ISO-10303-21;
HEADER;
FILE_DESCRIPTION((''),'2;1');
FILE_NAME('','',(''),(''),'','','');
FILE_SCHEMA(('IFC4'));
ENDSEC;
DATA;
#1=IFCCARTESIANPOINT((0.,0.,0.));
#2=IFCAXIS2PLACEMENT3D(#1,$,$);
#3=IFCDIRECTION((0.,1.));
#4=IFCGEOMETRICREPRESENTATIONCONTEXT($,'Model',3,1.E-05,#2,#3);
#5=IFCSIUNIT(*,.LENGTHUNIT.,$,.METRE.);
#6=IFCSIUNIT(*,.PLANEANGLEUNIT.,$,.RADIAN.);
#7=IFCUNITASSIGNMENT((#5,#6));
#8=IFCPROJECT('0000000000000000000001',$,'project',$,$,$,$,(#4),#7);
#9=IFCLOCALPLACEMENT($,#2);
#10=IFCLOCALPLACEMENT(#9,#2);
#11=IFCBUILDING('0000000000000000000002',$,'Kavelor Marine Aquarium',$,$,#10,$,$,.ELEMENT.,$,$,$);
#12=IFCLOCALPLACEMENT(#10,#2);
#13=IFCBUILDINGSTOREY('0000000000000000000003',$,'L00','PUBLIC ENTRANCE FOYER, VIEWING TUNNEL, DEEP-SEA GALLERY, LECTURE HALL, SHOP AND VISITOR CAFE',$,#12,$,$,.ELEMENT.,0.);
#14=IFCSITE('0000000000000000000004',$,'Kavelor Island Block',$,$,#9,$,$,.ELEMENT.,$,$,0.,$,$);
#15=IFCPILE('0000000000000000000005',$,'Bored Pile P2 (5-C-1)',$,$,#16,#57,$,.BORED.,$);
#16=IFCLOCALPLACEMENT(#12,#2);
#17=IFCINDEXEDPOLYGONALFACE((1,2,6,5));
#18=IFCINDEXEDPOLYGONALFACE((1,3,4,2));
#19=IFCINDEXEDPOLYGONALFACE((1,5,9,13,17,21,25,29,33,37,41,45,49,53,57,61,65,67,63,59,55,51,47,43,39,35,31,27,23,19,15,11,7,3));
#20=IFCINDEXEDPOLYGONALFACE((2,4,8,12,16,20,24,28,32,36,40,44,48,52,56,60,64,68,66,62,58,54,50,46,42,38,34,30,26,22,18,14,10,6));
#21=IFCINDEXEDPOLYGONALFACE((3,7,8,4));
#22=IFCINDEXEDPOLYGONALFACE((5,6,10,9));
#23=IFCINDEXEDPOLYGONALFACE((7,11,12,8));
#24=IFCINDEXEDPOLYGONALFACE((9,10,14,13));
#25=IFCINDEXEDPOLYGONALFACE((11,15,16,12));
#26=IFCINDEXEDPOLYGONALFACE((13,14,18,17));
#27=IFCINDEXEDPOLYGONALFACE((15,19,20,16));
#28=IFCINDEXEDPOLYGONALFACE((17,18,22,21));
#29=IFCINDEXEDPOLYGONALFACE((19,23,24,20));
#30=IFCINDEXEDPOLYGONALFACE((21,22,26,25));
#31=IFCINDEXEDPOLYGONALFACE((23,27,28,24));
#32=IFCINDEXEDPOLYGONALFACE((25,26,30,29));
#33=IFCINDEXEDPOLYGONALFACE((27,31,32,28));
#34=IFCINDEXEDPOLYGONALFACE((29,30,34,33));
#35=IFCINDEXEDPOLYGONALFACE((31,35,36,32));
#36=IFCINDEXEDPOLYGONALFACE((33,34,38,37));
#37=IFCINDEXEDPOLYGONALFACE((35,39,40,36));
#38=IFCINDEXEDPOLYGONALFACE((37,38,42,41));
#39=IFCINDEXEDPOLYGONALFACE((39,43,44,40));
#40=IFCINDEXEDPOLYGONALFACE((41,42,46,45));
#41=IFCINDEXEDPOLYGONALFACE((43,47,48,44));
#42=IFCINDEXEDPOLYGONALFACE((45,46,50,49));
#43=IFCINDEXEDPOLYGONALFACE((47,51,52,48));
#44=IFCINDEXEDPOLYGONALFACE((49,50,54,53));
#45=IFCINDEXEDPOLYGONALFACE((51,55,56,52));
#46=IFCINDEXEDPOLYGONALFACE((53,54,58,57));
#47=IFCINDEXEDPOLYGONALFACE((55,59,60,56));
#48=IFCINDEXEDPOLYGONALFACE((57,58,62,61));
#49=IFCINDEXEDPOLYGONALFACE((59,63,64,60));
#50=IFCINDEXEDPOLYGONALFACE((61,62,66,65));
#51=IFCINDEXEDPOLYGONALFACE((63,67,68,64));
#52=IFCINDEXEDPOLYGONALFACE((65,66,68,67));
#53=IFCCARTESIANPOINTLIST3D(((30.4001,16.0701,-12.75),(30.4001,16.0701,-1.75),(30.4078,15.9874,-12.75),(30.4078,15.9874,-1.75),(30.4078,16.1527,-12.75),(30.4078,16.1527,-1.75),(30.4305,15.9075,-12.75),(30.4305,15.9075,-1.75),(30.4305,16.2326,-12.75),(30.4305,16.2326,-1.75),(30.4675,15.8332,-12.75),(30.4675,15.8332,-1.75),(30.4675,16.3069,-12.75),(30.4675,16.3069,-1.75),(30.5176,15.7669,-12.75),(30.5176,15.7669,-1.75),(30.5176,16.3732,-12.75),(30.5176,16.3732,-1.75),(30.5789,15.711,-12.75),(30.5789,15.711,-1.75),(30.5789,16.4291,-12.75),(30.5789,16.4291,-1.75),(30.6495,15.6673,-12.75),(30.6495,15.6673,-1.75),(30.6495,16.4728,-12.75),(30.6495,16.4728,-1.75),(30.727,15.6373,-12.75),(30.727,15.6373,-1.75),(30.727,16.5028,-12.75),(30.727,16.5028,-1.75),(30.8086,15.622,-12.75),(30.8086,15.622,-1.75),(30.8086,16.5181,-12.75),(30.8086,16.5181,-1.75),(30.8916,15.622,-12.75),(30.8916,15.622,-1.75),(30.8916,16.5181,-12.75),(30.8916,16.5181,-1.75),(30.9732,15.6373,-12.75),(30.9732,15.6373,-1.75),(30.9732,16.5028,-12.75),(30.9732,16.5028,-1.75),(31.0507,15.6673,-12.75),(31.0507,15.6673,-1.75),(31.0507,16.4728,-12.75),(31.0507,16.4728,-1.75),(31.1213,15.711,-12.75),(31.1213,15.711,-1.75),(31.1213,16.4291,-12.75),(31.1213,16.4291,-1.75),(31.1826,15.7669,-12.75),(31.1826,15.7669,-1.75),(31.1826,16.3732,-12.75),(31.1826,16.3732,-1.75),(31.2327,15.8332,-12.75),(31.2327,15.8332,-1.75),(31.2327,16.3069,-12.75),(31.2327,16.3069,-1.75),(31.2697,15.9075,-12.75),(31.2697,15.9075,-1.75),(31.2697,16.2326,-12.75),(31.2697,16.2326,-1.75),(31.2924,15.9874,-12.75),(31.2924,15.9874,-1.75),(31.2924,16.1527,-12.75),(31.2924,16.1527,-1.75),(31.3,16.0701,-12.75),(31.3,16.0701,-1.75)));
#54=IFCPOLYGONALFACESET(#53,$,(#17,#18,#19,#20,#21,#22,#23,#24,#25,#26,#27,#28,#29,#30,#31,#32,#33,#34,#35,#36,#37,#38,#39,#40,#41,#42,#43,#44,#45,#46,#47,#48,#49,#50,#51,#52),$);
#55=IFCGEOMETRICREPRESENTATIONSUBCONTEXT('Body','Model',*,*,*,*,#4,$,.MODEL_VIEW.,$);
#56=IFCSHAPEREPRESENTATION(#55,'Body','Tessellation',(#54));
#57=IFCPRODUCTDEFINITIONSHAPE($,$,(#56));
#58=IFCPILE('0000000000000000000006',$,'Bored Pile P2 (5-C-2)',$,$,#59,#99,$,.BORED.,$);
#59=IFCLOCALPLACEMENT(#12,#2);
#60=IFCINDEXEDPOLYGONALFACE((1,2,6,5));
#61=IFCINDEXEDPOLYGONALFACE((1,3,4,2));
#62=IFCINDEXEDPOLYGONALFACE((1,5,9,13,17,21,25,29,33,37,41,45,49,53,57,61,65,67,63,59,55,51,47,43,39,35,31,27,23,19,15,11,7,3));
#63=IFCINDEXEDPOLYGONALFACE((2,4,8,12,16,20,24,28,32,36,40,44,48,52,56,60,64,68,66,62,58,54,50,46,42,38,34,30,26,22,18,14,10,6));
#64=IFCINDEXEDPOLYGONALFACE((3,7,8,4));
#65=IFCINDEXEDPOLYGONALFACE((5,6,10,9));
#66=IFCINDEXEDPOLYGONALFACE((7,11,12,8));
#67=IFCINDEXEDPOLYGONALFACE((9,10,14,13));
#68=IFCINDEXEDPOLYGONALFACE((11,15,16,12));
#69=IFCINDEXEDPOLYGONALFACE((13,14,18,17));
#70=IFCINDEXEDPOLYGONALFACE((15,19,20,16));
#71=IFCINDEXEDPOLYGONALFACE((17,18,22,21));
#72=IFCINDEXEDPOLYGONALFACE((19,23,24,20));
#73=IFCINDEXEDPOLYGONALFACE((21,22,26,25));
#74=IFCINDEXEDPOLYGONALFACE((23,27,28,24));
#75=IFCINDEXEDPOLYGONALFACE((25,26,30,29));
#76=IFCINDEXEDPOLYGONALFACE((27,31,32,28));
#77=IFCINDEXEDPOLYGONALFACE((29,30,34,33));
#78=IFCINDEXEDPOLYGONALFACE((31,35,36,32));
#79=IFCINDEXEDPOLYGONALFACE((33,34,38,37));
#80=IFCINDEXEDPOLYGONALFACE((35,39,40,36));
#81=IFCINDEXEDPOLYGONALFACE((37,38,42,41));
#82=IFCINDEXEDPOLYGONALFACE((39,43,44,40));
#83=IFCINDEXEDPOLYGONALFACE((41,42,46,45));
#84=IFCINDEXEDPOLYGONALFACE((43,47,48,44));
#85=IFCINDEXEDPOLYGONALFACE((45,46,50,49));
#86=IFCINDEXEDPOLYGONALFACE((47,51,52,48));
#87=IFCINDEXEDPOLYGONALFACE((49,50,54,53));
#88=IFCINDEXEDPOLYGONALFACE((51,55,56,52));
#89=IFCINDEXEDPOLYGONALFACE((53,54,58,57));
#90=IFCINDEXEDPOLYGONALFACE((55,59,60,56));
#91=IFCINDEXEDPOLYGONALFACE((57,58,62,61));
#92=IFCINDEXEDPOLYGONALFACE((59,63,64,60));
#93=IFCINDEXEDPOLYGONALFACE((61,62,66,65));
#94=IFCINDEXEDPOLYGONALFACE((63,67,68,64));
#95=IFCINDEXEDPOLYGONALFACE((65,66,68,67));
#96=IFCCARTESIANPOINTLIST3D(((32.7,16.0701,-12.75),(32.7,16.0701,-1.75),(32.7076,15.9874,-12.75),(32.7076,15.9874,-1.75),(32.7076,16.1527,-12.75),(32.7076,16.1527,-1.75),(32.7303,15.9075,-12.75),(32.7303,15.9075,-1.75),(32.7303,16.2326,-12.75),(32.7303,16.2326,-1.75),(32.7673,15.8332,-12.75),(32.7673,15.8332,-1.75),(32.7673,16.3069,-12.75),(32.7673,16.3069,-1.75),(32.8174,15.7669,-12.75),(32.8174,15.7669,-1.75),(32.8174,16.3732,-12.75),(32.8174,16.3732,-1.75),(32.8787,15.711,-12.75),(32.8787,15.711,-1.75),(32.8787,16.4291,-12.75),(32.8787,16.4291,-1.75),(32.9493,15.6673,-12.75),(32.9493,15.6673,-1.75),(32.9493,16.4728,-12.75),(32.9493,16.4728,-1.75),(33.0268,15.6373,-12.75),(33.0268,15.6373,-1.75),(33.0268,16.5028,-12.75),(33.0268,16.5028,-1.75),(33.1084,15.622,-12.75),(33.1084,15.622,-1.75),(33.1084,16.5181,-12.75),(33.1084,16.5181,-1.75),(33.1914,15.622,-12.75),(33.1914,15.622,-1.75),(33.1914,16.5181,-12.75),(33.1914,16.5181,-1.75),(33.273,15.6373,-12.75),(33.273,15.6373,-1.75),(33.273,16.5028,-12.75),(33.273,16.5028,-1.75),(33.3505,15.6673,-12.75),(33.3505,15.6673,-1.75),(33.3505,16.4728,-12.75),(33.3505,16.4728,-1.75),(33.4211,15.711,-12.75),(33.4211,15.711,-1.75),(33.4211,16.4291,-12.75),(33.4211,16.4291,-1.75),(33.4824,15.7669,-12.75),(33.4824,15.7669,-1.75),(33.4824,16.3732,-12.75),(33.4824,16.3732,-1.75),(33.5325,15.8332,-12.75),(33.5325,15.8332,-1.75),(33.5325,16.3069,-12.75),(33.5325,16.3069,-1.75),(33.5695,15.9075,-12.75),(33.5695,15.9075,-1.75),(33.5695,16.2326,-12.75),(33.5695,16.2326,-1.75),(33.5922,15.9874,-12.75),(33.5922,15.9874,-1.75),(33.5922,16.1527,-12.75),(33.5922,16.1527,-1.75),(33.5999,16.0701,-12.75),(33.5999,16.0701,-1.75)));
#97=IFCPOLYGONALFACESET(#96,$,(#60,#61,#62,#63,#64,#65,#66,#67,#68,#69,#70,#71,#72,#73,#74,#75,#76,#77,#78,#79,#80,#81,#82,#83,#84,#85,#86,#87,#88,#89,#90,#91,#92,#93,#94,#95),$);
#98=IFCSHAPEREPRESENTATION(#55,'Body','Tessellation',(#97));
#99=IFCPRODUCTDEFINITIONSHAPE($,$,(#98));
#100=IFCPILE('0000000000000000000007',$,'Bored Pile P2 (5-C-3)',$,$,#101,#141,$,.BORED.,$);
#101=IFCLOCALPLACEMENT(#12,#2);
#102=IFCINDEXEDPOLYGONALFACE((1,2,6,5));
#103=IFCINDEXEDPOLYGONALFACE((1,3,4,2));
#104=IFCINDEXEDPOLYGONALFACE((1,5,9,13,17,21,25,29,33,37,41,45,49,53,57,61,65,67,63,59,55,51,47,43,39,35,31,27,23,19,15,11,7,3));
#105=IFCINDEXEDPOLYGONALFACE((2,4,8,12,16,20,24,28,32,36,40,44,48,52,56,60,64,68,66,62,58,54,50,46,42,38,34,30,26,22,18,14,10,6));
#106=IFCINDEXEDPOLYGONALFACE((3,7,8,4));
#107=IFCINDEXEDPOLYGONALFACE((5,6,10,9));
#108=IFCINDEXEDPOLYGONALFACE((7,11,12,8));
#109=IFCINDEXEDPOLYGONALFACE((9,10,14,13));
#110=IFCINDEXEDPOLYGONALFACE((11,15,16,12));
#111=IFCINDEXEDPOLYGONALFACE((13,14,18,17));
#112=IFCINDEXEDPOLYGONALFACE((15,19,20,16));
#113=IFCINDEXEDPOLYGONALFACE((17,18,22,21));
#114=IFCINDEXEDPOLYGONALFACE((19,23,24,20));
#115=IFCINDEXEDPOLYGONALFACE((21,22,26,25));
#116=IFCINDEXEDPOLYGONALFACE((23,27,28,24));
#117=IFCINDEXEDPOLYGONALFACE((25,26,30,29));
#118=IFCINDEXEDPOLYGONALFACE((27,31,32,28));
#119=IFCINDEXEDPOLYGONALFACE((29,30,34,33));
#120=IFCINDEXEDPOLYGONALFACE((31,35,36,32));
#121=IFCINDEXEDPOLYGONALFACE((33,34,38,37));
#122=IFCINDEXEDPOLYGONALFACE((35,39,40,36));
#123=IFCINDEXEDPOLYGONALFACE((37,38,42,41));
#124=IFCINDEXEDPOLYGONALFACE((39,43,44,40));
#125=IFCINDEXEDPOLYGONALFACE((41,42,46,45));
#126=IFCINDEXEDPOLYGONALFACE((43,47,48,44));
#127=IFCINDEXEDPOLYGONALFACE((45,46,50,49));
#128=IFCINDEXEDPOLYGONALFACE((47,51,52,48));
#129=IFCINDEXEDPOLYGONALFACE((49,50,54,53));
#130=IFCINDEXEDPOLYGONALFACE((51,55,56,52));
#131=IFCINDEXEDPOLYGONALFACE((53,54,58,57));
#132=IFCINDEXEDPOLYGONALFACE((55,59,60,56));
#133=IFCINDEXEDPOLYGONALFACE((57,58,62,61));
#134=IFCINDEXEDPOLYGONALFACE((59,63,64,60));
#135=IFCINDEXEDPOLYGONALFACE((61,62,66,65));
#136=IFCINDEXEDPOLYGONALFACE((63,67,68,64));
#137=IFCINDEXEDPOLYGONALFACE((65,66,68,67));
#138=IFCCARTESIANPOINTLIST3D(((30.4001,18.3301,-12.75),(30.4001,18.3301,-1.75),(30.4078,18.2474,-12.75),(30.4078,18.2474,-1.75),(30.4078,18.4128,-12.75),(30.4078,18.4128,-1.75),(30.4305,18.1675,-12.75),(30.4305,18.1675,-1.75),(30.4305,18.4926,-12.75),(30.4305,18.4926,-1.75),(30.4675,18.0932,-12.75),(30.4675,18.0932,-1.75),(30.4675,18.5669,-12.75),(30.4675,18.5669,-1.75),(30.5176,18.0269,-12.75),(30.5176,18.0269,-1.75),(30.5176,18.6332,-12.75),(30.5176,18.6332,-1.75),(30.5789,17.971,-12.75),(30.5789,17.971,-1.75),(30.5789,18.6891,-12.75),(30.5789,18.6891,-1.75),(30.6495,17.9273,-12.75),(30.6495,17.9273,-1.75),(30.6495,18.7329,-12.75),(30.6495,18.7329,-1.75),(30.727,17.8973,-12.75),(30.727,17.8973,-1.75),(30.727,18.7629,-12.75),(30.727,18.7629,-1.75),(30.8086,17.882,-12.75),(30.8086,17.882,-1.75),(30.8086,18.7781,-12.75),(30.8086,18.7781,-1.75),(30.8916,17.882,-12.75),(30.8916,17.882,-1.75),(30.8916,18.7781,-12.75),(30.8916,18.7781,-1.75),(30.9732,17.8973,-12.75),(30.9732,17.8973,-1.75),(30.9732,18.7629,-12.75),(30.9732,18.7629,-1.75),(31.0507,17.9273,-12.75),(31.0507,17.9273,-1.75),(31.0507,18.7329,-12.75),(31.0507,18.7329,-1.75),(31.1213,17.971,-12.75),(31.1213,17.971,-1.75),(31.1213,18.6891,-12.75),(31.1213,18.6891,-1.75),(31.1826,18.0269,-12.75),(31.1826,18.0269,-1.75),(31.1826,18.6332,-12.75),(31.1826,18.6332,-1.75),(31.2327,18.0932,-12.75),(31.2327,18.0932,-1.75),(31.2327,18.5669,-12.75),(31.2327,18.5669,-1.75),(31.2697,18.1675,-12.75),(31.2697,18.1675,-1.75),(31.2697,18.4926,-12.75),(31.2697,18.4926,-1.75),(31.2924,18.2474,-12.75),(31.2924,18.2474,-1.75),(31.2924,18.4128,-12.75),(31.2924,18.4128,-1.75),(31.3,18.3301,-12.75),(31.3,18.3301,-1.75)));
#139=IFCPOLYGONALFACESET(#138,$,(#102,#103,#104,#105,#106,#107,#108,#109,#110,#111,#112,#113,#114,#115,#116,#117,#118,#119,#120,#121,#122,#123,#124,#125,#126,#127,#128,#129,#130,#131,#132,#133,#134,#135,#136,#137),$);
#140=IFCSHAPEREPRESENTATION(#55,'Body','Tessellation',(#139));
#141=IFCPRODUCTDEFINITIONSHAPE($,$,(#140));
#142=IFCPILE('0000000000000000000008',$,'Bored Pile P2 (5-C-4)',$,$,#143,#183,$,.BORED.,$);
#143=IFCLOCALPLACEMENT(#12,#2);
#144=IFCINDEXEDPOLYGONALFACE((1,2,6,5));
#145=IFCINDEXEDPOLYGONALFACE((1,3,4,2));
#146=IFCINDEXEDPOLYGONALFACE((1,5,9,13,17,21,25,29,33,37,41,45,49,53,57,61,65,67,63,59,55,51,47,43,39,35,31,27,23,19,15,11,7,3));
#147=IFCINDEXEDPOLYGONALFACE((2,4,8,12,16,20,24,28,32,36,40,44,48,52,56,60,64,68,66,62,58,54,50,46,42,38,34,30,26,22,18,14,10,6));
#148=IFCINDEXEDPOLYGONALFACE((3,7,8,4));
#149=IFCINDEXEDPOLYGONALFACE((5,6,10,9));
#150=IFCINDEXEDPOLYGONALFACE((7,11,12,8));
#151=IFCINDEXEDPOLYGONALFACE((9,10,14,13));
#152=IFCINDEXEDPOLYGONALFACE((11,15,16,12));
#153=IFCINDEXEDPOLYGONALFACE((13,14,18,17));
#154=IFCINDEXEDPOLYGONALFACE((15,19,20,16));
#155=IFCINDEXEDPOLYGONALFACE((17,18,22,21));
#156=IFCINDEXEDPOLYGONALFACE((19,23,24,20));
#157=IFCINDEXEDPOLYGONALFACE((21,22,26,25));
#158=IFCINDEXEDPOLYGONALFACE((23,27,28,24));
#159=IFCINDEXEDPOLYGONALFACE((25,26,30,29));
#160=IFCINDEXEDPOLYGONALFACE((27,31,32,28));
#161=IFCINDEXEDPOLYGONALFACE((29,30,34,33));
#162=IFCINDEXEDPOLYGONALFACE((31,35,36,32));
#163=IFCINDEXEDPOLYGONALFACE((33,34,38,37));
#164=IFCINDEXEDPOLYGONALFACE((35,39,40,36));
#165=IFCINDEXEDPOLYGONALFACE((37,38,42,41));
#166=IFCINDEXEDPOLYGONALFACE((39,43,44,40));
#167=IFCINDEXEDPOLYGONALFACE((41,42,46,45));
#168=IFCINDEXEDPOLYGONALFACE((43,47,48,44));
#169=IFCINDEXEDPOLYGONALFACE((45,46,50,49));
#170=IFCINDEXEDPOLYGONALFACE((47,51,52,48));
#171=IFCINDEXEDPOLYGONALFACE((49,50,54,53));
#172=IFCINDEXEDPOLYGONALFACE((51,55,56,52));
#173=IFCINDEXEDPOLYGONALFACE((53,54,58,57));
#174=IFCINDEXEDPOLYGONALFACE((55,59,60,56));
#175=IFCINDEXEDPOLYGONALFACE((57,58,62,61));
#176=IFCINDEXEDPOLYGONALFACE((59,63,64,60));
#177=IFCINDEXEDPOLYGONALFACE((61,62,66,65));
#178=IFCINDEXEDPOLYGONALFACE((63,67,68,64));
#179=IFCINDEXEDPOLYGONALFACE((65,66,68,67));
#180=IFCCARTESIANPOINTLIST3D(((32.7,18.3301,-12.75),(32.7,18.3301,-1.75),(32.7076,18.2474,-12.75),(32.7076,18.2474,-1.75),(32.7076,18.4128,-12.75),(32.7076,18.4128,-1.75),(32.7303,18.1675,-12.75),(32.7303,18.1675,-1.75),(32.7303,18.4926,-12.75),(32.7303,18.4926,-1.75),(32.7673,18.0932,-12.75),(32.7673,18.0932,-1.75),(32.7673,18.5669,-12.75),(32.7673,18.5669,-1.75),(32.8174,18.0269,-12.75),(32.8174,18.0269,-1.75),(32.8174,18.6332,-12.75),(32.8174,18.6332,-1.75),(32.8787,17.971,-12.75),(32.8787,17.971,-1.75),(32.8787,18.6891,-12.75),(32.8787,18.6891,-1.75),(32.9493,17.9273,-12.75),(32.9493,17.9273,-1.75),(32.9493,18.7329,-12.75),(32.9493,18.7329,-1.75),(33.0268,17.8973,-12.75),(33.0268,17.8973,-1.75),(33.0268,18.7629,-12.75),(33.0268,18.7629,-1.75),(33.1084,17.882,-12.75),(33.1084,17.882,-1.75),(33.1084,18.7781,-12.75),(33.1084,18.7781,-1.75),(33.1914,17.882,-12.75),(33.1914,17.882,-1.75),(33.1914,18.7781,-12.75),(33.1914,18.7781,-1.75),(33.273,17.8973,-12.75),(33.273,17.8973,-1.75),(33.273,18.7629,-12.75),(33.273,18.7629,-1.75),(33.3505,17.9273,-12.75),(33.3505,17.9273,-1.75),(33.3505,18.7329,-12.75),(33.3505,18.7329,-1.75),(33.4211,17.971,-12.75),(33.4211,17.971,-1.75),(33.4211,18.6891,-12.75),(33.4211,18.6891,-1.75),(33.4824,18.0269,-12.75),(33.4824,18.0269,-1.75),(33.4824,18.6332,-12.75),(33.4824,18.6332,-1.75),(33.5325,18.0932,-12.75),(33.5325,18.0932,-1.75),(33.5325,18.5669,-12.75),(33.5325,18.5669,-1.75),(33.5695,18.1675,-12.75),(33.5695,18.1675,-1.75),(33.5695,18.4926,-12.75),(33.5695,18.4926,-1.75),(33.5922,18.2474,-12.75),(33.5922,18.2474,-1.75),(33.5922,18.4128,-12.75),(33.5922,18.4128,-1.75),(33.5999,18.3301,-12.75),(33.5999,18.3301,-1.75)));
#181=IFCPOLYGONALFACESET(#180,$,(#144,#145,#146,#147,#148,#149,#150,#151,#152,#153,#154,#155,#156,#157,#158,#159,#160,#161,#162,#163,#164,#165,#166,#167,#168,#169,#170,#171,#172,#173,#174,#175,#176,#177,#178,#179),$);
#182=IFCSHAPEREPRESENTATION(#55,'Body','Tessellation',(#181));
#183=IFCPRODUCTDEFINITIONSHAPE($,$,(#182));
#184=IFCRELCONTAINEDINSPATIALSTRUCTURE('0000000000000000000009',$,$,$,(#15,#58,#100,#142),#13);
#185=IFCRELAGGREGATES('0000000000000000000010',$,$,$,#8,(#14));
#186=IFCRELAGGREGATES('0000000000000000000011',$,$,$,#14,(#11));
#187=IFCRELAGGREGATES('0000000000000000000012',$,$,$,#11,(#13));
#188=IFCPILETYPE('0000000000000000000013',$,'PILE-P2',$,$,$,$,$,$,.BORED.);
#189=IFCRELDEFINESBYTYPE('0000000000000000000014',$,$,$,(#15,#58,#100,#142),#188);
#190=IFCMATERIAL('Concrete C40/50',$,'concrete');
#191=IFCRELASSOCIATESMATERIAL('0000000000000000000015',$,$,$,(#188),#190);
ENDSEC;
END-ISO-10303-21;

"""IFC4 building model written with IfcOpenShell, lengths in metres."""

from ifc_helpers import new_model, si_unit, direction, frame, origin, origin_2d, place, context, subcontext, project, spatial, circle, extrude, material, material_profile, profile_set, type_object, element, save


model = new_model("IFC4")

# Units and contexts
model_context = context("Model", 3, precision=1e-05, world=origin(), true_north=direction((0.0, 1.0)))
body_context = subcontext(model_context, "Body", "Model", "MODEL_VIEW")
ifc_project = project(units=[si_unit("LENGTHUNIT", "METRE"), si_unit("PLANEANGLEUNIT", "RADIAN")], contexts=[model_context])

# Site, building, storey
site_placement = place(None, origin())
site = spatial("IfcSite", under=ifc_project, at=site_placement, Name="Kavelor Island Block", CompositionType="ELEMENT", RefElevation=0.0)
building_placement = place(site_placement, origin())
building = spatial("IfcBuilding", under=site, at=building_placement, Name="Kavelor Marine Aquarium", CompositionType="ELEMENT")
storey_placement = place(building_placement, origin())
storey = spatial("IfcBuildingStorey", under=building, at=storey_placement, Name="L00", Description="PUBLIC ENTRANCE FOYER, VIEWING TUNNEL, DEEP-SEA GALLERY, LECTURE HALL, SHOP AND VISITOR CAFE", CompositionType="ELEMENT", Elevation=0.0)

# Piles
ifc_material_1 = material(Name="Concrete C40/50", Category="concrete")
ifc_material_profile_1 = material_profile(ifc_material_1, circle(Radius=0.45, at=origin_2d()), Name="PILE D900")
ifc_profile_set_1 = profile_set([ifc_material_profile_1], Name="Concrete C40/50")
pile_type_1 = type_object("IfcPileType", Name="PILE-P2", PredefinedType="BORED", material=ifc_profile_set_1)
for number, where, z_axis, x_axis, name in (
    (1, (30.8501, 16.0701, -1.75), (0.0, 0.0, -1.0), (1.0, 0.0, 0.0), "Bored Pile P2 (5-C-1)"),
    (2, (33.1499, 16.0701, -1.75), (0.0, 0.0, -1.0), (1.0, 0.0, 0.0), "Bored Pile P2 (5-C-2)"),
    (3, (30.8501, 18.3301, -1.75), (0.0, 0.0, -1.0), (1.0, 0.0, 0.0), "Bored Pile P2 (5-C-3)"),
    (4, (33.1499, 18.3301, -1.75), (0.0, 0.0, -1.0), (1.0, 0.0, 0.0), "Bored Pile P2 (5-C-4)"),
):
    element("IfcPile", number, at=place(storey_placement, frame(where, z_axis=z_axis, x_axis=x_axis)), inside=storey, type_object=pile_type_1, Name=name, PredefinedType="BORED", context=body_context, shape_type="SweptSolid", body=[
        extrude(circle(Radius=0.45, at=origin_2d()), origin(), (0.0, 0.0, 1.0), 11.0),
    ])

save(model, "model.ifc")
